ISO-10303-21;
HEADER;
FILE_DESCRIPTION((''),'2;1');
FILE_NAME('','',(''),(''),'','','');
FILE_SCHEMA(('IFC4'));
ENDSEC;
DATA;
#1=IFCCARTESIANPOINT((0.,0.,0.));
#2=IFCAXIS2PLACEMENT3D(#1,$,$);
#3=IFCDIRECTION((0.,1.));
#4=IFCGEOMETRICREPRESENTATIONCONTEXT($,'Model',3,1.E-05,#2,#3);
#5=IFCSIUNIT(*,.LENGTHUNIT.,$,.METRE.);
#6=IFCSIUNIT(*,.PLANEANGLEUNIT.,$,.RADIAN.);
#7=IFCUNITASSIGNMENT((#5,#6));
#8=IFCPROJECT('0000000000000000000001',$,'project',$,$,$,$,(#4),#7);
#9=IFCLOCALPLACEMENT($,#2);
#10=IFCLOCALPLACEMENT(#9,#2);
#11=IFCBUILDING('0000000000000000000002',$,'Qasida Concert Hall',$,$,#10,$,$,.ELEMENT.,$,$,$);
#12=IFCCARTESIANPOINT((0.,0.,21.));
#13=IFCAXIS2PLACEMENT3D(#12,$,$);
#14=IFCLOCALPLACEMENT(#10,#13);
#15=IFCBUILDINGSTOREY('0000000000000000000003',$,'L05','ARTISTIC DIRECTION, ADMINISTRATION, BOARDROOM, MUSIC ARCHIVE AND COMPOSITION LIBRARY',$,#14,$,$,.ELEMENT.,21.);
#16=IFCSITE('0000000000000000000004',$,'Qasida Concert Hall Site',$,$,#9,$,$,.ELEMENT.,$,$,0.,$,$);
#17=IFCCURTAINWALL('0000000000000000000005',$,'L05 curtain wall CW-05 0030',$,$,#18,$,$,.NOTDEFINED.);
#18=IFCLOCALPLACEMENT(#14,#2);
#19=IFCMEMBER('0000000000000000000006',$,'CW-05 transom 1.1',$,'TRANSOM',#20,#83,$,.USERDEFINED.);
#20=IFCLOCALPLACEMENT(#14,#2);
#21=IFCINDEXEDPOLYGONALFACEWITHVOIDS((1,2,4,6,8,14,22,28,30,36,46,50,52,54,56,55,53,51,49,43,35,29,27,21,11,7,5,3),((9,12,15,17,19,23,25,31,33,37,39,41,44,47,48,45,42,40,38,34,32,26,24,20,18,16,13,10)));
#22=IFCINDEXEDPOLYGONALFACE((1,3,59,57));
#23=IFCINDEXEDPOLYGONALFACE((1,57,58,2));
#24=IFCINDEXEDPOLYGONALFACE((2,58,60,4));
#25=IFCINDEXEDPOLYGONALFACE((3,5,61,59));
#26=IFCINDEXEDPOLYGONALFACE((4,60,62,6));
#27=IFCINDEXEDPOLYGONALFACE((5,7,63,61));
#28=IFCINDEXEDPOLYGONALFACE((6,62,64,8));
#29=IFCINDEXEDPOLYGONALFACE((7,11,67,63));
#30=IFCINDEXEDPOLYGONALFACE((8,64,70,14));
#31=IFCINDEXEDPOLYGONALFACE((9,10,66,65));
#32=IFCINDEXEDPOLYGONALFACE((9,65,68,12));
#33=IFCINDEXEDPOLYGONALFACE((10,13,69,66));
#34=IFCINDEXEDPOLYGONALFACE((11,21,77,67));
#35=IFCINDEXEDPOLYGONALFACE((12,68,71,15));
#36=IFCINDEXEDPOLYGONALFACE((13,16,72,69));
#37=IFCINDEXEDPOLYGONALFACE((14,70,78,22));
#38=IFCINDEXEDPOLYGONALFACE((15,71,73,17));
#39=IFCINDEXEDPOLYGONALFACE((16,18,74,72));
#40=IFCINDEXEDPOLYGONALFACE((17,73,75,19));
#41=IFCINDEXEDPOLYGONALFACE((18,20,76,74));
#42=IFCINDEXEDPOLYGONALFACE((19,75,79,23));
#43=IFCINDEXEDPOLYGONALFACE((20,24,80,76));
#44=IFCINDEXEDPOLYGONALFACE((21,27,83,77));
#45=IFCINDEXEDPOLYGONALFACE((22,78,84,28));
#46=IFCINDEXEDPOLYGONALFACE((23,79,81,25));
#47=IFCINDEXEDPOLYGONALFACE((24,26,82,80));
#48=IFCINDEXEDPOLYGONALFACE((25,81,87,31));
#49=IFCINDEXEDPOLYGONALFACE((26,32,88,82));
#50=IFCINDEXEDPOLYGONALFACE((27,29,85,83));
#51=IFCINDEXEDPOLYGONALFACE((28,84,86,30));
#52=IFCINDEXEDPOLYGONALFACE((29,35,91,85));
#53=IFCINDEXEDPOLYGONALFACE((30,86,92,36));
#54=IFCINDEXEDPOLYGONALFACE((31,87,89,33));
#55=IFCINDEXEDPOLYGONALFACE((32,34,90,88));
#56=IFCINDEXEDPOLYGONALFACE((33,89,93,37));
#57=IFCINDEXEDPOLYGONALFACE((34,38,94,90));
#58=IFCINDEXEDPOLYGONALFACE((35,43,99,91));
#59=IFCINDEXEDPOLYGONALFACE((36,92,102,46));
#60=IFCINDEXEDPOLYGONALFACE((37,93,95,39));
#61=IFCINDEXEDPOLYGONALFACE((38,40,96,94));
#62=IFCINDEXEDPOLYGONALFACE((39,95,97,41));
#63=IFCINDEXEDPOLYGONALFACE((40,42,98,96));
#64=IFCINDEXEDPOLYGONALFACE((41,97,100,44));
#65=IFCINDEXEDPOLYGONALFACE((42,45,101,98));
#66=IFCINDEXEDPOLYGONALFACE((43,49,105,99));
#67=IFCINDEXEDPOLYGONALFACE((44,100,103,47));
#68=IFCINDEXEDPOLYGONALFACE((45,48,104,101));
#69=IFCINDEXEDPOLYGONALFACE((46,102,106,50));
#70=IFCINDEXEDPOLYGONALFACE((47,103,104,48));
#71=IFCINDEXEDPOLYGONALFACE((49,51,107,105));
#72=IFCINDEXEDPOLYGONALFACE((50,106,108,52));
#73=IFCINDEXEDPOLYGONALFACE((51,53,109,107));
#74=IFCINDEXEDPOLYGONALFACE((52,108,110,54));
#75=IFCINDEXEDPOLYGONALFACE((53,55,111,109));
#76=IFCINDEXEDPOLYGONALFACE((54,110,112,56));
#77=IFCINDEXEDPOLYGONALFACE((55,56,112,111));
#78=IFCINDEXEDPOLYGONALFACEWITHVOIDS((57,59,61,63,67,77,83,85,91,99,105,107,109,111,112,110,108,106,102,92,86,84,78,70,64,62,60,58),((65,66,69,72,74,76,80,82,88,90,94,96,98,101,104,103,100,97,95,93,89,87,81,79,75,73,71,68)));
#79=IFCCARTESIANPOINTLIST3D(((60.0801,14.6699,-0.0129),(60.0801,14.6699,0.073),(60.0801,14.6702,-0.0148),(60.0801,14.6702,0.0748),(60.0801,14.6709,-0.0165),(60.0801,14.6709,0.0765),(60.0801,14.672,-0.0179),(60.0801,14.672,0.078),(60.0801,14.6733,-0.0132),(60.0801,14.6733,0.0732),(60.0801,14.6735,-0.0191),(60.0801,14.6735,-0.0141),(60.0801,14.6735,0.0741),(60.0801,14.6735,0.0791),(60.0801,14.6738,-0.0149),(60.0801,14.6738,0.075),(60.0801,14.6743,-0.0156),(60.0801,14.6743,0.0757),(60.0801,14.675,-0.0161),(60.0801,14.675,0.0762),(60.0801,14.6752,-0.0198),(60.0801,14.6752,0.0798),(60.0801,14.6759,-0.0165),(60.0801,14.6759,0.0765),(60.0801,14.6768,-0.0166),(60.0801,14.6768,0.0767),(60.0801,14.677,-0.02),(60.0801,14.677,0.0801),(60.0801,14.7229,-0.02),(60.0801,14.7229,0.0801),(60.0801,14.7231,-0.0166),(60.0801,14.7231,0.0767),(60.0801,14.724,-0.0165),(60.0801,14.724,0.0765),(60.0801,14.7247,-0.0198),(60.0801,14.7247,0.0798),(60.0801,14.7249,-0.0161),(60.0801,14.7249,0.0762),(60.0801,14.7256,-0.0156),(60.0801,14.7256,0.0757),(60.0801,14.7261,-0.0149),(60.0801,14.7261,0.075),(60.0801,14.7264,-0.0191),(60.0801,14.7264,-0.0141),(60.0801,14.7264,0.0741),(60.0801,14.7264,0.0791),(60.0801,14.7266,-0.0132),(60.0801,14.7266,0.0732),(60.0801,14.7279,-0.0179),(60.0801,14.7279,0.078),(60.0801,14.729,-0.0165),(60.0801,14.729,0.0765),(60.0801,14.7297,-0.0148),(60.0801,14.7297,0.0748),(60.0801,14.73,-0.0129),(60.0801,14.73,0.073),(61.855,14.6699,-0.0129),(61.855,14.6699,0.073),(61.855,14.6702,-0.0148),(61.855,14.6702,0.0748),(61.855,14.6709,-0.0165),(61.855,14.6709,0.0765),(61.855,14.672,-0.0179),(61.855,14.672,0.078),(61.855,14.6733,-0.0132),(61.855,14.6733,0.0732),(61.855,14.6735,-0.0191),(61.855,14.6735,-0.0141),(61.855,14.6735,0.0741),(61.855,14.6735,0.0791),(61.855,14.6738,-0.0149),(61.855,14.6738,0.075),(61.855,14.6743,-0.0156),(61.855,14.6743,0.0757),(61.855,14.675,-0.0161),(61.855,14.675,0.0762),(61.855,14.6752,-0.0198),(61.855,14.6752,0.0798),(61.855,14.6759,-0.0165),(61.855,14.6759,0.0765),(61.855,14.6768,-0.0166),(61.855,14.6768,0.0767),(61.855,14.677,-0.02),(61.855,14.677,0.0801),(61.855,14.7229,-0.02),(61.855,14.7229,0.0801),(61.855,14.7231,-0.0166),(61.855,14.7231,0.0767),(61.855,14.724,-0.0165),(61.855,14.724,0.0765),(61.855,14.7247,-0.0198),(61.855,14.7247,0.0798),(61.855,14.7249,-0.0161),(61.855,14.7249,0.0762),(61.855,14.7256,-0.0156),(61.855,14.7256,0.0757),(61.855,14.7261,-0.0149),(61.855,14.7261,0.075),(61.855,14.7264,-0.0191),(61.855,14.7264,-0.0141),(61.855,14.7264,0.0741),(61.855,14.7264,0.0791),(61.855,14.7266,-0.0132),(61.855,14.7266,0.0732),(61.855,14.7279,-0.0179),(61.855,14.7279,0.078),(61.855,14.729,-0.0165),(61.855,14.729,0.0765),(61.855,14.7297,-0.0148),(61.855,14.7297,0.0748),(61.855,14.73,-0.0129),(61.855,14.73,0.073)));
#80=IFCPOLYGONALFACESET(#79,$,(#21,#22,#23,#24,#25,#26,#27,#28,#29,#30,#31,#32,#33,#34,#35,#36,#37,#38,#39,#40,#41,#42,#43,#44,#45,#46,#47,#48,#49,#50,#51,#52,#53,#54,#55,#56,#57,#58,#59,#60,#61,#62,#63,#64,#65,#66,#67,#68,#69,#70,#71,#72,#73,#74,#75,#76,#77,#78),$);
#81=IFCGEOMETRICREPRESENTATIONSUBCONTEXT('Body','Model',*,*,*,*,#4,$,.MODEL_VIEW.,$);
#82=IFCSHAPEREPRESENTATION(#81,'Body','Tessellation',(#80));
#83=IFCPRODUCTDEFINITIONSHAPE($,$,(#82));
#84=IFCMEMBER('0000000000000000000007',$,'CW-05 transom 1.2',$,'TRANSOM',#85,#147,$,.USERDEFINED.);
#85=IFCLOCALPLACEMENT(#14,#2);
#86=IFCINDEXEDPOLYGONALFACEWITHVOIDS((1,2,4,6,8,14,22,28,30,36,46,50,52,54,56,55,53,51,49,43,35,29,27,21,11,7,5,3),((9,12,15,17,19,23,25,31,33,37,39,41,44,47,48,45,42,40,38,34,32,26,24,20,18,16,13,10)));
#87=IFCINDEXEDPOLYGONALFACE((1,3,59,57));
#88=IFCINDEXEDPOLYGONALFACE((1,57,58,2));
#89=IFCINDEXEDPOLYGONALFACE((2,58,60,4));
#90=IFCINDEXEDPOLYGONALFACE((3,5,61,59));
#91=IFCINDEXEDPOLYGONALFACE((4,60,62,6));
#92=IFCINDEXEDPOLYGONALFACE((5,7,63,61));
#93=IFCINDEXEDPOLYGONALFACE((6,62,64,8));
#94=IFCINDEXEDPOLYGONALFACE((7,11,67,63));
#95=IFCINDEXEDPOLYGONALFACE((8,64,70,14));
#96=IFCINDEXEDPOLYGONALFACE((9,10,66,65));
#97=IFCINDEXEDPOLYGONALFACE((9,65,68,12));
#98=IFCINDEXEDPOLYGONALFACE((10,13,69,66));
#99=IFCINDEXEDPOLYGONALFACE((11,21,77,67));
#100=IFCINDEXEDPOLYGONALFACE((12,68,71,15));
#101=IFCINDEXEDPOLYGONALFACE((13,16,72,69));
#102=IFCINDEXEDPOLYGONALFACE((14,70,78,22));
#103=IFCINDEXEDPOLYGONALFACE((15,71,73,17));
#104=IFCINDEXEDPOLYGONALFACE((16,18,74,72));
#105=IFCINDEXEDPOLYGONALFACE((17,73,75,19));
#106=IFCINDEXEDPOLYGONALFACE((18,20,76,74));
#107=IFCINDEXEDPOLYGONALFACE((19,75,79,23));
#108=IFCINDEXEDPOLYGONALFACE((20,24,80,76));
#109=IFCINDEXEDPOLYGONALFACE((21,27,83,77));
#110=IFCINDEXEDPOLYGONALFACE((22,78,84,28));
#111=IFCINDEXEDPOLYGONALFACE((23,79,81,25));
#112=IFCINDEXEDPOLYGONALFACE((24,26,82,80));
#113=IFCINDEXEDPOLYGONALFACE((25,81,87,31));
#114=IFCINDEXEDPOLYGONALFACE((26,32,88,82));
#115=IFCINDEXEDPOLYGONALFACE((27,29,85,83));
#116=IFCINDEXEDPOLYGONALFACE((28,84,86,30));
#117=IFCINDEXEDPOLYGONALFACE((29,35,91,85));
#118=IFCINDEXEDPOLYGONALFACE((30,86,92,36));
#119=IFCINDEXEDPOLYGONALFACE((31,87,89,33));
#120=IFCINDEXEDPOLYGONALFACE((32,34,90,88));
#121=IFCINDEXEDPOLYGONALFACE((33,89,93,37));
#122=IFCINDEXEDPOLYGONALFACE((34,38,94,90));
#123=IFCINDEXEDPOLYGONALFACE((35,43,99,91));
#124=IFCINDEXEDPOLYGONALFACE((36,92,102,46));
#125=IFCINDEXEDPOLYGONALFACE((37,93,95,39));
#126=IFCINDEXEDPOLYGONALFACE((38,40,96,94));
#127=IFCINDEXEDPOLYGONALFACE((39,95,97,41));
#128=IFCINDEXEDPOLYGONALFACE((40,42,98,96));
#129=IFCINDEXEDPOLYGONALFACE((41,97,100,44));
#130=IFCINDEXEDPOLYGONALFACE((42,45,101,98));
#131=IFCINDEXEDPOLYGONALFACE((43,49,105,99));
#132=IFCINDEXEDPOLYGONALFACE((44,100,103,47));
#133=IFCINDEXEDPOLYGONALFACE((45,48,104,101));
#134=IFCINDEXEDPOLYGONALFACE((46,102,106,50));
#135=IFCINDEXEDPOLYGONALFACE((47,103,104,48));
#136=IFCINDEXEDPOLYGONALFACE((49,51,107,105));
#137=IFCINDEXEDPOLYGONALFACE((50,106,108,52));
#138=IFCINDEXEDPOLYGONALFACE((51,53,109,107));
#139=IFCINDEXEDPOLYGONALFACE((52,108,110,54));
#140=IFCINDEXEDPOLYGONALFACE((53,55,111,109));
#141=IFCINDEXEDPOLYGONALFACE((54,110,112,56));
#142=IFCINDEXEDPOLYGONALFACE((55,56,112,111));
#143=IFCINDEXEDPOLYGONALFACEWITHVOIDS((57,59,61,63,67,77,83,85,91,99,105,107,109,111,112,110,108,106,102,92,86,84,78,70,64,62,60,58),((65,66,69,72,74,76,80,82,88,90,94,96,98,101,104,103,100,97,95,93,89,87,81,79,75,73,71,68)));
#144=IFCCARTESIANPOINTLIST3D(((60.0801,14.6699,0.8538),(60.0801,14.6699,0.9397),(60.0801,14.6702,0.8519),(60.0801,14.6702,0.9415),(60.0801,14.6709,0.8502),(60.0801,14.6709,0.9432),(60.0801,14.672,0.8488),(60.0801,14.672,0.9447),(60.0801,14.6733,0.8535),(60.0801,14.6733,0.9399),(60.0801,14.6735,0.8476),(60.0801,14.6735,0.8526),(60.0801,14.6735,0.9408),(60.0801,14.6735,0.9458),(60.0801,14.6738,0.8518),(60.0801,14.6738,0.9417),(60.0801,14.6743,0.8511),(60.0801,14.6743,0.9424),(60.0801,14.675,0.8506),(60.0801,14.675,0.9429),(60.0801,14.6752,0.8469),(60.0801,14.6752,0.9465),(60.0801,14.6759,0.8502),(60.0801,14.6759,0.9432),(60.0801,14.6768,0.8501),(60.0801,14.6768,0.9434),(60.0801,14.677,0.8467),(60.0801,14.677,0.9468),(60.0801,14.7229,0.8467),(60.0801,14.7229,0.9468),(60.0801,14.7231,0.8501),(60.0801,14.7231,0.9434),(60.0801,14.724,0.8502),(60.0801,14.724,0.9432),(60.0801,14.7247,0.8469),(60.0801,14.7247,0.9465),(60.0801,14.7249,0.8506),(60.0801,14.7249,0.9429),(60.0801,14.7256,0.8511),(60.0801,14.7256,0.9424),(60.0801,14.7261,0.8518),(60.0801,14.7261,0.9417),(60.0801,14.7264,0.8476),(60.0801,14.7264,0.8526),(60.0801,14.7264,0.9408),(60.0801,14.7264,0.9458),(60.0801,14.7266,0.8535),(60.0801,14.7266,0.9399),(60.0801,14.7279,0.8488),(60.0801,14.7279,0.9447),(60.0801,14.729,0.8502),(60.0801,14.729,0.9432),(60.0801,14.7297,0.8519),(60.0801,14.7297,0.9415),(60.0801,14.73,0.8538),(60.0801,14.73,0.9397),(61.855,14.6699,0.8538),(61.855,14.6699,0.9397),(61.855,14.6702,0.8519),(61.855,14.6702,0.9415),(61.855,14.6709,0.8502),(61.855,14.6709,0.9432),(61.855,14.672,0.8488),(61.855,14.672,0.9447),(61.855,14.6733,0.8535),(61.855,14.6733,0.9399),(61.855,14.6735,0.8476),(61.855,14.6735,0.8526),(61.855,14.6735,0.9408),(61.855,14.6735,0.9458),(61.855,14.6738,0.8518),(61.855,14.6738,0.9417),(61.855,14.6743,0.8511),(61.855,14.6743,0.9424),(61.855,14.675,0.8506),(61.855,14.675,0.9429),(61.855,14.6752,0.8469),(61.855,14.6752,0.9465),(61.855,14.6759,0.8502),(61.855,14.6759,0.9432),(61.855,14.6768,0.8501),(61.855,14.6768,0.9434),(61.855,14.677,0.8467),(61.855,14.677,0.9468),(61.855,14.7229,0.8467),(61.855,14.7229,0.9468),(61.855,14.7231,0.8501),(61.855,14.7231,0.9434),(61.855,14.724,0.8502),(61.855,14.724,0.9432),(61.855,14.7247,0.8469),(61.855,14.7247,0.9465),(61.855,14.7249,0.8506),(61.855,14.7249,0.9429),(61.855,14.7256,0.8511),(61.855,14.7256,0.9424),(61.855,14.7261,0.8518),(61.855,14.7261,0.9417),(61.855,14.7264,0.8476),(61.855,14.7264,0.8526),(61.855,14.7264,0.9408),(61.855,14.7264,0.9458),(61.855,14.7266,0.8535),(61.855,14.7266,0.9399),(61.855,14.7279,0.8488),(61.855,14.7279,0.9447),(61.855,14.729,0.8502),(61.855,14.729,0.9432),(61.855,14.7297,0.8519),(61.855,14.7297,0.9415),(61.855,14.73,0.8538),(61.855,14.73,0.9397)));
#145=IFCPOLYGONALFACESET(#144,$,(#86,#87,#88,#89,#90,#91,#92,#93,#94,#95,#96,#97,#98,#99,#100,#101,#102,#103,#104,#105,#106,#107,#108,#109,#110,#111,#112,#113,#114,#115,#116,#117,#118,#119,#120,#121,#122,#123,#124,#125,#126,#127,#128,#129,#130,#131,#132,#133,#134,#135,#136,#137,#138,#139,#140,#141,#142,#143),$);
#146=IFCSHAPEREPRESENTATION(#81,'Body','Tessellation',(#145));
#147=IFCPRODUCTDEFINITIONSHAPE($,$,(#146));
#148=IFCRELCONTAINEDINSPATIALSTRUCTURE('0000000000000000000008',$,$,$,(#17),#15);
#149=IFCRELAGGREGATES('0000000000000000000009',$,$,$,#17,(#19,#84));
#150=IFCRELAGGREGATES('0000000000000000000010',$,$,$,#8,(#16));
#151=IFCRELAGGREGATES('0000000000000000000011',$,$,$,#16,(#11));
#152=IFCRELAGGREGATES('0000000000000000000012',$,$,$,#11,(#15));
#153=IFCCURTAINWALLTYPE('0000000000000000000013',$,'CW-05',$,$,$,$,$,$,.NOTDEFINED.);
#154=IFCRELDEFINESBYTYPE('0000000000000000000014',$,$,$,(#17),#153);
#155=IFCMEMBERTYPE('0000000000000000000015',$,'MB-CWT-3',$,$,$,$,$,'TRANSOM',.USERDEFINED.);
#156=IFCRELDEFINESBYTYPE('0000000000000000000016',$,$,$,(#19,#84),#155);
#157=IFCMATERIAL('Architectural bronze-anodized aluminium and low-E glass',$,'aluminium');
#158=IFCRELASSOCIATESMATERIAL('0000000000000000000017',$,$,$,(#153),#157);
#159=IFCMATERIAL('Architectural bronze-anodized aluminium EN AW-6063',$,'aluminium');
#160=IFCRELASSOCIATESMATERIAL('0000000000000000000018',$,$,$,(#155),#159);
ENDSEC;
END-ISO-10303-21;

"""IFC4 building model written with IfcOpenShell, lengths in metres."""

from ifc_helpers import new_model, si_unit, direction, frame, origin, origin_2d, place, context, subcontext, project, spatial, hollow_rectangle, extrude, material, material_profile, profile_set, type_object, element, aggregate, save


model = new_model("IFC4")

# Units and contexts
model_context = context("Model", 3, precision=1e-05, world=origin(), true_north=direction((0.0, 1.0)))
body_context = subcontext(model_context, "Body", "Model", "MODEL_VIEW")
ifc_project = project(units=[si_unit("LENGTHUNIT", "METRE"), si_unit("PLANEANGLEUNIT", "RADIAN")], contexts=[model_context])

# Site, building, storey
site_placement = place(None, origin())
site = spatial("IfcSite", under=ifc_project, at=site_placement, Name="Qasida Concert Hall Site", CompositionType="ELEMENT", RefElevation=0.0)
building_placement = place(site_placement, origin())
building = spatial("IfcBuilding", under=site, at=building_placement, Name="Qasida Concert Hall", CompositionType="ELEMENT")
storey_placement = place(building_placement, frame((0.0, 0.0, 21.0)))
storey = spatial("IfcBuildingStorey", under=building, at=storey_placement, Name="L05", Description="ARTISTIC DIRECTION, ADMINISTRATION, BOARDROOM, MUSIC ARCHIVE AND COMPOSITION LIBRARY", CompositionType="ELEMENT", Elevation=21.0)

# Shared definitions
ifc_material_1 = material(Name="Architectural bronze-anodized aluminium and low-E glass", Category="aluminium")
curtain_wall_type = type_object("IfcCurtainWallType", Name="CW-05", PredefinedType="NOTDEFINED", material=ifc_material_1)
ifc_material_2 = material(Name="Architectural bronze-anodized aluminium EN AW-6063", Category="aluminium")

# Curtain wall
curtain_wall_1_placement = place(storey_placement, origin())
curtain_wall_1 = element("IfcCurtainWall", 1, at=curtain_wall_1_placement, inside=storey, type_object=curtain_wall_type, Name="L05 curtain wall CW-05 0030", PredefinedType="NOTDEFINED")

# Members
ifc_material_profile_1 = material_profile(ifc_material_2, hollow_rectangle(XDim=0.0601, YDim=0.1001, WallThickness=0.0034, InnerFilletRadius=0.0034, OuterFilletRadius=0.0071, at=origin_2d()), Name="CWT 100x60x3.5")
ifc_profile_set_1 = profile_set([ifc_material_profile_1], Name="Architectural bronze-anodized aluminium EN AW-6063")
member_type_1 = type_object("IfcMemberType", Name="MB-CWT-3", ElementType="TRANSOM", PredefinedType="USERDEFINED", material=ifc_profile_set_1)
member_1_placement = place(storey_placement, frame((60.0801, 14.7, 0.03), z_axis=(1.0, 0.0, 0.0), x_axis=(0.0, 1.0, 0.0)))
member_1 = element("IfcMember", 2, at=member_1_placement, type_object=member_type_1, Name="CW-05 transom 1.1", ObjectType="TRANSOM", PredefinedType="USERDEFINED", context=body_context, shape_type="SweptSolid", body=[
    extrude(hollow_rectangle(XDim=0.0601, YDim=0.1001, WallThickness=0.0034, InnerFilletRadius=0.0034, OuterFilletRadius=0.0071, at=origin_2d()), origin(), (0.0, 0.0, 1.0), 1.7749),
])
member_2_placement = place(storey_placement, frame((60.0801, 14.7, 0.8967), z_axis=(1.0, 0.0, 0.0), x_axis=(0.0, 1.0, 0.0)))
member_2 = element("IfcMember", 3, at=member_2_placement, type_object=member_type_1, Name="CW-05 transom 1.2", ObjectType="TRANSOM", PredefinedType="USERDEFINED", context=body_context, shape_type="SweptSolid", body=[
    extrude(hollow_rectangle(XDim=0.0601, YDim=0.1001, WallThickness=0.0034, InnerFilletRadius=0.0034, OuterFilletRadius=0.0071, at=origin_2d()), origin(), (0.0, 0.0, 1.0), 1.7749),
])
aggregate(curtain_wall_1, [member_1, member_2])

save(model, "model.ifc")
